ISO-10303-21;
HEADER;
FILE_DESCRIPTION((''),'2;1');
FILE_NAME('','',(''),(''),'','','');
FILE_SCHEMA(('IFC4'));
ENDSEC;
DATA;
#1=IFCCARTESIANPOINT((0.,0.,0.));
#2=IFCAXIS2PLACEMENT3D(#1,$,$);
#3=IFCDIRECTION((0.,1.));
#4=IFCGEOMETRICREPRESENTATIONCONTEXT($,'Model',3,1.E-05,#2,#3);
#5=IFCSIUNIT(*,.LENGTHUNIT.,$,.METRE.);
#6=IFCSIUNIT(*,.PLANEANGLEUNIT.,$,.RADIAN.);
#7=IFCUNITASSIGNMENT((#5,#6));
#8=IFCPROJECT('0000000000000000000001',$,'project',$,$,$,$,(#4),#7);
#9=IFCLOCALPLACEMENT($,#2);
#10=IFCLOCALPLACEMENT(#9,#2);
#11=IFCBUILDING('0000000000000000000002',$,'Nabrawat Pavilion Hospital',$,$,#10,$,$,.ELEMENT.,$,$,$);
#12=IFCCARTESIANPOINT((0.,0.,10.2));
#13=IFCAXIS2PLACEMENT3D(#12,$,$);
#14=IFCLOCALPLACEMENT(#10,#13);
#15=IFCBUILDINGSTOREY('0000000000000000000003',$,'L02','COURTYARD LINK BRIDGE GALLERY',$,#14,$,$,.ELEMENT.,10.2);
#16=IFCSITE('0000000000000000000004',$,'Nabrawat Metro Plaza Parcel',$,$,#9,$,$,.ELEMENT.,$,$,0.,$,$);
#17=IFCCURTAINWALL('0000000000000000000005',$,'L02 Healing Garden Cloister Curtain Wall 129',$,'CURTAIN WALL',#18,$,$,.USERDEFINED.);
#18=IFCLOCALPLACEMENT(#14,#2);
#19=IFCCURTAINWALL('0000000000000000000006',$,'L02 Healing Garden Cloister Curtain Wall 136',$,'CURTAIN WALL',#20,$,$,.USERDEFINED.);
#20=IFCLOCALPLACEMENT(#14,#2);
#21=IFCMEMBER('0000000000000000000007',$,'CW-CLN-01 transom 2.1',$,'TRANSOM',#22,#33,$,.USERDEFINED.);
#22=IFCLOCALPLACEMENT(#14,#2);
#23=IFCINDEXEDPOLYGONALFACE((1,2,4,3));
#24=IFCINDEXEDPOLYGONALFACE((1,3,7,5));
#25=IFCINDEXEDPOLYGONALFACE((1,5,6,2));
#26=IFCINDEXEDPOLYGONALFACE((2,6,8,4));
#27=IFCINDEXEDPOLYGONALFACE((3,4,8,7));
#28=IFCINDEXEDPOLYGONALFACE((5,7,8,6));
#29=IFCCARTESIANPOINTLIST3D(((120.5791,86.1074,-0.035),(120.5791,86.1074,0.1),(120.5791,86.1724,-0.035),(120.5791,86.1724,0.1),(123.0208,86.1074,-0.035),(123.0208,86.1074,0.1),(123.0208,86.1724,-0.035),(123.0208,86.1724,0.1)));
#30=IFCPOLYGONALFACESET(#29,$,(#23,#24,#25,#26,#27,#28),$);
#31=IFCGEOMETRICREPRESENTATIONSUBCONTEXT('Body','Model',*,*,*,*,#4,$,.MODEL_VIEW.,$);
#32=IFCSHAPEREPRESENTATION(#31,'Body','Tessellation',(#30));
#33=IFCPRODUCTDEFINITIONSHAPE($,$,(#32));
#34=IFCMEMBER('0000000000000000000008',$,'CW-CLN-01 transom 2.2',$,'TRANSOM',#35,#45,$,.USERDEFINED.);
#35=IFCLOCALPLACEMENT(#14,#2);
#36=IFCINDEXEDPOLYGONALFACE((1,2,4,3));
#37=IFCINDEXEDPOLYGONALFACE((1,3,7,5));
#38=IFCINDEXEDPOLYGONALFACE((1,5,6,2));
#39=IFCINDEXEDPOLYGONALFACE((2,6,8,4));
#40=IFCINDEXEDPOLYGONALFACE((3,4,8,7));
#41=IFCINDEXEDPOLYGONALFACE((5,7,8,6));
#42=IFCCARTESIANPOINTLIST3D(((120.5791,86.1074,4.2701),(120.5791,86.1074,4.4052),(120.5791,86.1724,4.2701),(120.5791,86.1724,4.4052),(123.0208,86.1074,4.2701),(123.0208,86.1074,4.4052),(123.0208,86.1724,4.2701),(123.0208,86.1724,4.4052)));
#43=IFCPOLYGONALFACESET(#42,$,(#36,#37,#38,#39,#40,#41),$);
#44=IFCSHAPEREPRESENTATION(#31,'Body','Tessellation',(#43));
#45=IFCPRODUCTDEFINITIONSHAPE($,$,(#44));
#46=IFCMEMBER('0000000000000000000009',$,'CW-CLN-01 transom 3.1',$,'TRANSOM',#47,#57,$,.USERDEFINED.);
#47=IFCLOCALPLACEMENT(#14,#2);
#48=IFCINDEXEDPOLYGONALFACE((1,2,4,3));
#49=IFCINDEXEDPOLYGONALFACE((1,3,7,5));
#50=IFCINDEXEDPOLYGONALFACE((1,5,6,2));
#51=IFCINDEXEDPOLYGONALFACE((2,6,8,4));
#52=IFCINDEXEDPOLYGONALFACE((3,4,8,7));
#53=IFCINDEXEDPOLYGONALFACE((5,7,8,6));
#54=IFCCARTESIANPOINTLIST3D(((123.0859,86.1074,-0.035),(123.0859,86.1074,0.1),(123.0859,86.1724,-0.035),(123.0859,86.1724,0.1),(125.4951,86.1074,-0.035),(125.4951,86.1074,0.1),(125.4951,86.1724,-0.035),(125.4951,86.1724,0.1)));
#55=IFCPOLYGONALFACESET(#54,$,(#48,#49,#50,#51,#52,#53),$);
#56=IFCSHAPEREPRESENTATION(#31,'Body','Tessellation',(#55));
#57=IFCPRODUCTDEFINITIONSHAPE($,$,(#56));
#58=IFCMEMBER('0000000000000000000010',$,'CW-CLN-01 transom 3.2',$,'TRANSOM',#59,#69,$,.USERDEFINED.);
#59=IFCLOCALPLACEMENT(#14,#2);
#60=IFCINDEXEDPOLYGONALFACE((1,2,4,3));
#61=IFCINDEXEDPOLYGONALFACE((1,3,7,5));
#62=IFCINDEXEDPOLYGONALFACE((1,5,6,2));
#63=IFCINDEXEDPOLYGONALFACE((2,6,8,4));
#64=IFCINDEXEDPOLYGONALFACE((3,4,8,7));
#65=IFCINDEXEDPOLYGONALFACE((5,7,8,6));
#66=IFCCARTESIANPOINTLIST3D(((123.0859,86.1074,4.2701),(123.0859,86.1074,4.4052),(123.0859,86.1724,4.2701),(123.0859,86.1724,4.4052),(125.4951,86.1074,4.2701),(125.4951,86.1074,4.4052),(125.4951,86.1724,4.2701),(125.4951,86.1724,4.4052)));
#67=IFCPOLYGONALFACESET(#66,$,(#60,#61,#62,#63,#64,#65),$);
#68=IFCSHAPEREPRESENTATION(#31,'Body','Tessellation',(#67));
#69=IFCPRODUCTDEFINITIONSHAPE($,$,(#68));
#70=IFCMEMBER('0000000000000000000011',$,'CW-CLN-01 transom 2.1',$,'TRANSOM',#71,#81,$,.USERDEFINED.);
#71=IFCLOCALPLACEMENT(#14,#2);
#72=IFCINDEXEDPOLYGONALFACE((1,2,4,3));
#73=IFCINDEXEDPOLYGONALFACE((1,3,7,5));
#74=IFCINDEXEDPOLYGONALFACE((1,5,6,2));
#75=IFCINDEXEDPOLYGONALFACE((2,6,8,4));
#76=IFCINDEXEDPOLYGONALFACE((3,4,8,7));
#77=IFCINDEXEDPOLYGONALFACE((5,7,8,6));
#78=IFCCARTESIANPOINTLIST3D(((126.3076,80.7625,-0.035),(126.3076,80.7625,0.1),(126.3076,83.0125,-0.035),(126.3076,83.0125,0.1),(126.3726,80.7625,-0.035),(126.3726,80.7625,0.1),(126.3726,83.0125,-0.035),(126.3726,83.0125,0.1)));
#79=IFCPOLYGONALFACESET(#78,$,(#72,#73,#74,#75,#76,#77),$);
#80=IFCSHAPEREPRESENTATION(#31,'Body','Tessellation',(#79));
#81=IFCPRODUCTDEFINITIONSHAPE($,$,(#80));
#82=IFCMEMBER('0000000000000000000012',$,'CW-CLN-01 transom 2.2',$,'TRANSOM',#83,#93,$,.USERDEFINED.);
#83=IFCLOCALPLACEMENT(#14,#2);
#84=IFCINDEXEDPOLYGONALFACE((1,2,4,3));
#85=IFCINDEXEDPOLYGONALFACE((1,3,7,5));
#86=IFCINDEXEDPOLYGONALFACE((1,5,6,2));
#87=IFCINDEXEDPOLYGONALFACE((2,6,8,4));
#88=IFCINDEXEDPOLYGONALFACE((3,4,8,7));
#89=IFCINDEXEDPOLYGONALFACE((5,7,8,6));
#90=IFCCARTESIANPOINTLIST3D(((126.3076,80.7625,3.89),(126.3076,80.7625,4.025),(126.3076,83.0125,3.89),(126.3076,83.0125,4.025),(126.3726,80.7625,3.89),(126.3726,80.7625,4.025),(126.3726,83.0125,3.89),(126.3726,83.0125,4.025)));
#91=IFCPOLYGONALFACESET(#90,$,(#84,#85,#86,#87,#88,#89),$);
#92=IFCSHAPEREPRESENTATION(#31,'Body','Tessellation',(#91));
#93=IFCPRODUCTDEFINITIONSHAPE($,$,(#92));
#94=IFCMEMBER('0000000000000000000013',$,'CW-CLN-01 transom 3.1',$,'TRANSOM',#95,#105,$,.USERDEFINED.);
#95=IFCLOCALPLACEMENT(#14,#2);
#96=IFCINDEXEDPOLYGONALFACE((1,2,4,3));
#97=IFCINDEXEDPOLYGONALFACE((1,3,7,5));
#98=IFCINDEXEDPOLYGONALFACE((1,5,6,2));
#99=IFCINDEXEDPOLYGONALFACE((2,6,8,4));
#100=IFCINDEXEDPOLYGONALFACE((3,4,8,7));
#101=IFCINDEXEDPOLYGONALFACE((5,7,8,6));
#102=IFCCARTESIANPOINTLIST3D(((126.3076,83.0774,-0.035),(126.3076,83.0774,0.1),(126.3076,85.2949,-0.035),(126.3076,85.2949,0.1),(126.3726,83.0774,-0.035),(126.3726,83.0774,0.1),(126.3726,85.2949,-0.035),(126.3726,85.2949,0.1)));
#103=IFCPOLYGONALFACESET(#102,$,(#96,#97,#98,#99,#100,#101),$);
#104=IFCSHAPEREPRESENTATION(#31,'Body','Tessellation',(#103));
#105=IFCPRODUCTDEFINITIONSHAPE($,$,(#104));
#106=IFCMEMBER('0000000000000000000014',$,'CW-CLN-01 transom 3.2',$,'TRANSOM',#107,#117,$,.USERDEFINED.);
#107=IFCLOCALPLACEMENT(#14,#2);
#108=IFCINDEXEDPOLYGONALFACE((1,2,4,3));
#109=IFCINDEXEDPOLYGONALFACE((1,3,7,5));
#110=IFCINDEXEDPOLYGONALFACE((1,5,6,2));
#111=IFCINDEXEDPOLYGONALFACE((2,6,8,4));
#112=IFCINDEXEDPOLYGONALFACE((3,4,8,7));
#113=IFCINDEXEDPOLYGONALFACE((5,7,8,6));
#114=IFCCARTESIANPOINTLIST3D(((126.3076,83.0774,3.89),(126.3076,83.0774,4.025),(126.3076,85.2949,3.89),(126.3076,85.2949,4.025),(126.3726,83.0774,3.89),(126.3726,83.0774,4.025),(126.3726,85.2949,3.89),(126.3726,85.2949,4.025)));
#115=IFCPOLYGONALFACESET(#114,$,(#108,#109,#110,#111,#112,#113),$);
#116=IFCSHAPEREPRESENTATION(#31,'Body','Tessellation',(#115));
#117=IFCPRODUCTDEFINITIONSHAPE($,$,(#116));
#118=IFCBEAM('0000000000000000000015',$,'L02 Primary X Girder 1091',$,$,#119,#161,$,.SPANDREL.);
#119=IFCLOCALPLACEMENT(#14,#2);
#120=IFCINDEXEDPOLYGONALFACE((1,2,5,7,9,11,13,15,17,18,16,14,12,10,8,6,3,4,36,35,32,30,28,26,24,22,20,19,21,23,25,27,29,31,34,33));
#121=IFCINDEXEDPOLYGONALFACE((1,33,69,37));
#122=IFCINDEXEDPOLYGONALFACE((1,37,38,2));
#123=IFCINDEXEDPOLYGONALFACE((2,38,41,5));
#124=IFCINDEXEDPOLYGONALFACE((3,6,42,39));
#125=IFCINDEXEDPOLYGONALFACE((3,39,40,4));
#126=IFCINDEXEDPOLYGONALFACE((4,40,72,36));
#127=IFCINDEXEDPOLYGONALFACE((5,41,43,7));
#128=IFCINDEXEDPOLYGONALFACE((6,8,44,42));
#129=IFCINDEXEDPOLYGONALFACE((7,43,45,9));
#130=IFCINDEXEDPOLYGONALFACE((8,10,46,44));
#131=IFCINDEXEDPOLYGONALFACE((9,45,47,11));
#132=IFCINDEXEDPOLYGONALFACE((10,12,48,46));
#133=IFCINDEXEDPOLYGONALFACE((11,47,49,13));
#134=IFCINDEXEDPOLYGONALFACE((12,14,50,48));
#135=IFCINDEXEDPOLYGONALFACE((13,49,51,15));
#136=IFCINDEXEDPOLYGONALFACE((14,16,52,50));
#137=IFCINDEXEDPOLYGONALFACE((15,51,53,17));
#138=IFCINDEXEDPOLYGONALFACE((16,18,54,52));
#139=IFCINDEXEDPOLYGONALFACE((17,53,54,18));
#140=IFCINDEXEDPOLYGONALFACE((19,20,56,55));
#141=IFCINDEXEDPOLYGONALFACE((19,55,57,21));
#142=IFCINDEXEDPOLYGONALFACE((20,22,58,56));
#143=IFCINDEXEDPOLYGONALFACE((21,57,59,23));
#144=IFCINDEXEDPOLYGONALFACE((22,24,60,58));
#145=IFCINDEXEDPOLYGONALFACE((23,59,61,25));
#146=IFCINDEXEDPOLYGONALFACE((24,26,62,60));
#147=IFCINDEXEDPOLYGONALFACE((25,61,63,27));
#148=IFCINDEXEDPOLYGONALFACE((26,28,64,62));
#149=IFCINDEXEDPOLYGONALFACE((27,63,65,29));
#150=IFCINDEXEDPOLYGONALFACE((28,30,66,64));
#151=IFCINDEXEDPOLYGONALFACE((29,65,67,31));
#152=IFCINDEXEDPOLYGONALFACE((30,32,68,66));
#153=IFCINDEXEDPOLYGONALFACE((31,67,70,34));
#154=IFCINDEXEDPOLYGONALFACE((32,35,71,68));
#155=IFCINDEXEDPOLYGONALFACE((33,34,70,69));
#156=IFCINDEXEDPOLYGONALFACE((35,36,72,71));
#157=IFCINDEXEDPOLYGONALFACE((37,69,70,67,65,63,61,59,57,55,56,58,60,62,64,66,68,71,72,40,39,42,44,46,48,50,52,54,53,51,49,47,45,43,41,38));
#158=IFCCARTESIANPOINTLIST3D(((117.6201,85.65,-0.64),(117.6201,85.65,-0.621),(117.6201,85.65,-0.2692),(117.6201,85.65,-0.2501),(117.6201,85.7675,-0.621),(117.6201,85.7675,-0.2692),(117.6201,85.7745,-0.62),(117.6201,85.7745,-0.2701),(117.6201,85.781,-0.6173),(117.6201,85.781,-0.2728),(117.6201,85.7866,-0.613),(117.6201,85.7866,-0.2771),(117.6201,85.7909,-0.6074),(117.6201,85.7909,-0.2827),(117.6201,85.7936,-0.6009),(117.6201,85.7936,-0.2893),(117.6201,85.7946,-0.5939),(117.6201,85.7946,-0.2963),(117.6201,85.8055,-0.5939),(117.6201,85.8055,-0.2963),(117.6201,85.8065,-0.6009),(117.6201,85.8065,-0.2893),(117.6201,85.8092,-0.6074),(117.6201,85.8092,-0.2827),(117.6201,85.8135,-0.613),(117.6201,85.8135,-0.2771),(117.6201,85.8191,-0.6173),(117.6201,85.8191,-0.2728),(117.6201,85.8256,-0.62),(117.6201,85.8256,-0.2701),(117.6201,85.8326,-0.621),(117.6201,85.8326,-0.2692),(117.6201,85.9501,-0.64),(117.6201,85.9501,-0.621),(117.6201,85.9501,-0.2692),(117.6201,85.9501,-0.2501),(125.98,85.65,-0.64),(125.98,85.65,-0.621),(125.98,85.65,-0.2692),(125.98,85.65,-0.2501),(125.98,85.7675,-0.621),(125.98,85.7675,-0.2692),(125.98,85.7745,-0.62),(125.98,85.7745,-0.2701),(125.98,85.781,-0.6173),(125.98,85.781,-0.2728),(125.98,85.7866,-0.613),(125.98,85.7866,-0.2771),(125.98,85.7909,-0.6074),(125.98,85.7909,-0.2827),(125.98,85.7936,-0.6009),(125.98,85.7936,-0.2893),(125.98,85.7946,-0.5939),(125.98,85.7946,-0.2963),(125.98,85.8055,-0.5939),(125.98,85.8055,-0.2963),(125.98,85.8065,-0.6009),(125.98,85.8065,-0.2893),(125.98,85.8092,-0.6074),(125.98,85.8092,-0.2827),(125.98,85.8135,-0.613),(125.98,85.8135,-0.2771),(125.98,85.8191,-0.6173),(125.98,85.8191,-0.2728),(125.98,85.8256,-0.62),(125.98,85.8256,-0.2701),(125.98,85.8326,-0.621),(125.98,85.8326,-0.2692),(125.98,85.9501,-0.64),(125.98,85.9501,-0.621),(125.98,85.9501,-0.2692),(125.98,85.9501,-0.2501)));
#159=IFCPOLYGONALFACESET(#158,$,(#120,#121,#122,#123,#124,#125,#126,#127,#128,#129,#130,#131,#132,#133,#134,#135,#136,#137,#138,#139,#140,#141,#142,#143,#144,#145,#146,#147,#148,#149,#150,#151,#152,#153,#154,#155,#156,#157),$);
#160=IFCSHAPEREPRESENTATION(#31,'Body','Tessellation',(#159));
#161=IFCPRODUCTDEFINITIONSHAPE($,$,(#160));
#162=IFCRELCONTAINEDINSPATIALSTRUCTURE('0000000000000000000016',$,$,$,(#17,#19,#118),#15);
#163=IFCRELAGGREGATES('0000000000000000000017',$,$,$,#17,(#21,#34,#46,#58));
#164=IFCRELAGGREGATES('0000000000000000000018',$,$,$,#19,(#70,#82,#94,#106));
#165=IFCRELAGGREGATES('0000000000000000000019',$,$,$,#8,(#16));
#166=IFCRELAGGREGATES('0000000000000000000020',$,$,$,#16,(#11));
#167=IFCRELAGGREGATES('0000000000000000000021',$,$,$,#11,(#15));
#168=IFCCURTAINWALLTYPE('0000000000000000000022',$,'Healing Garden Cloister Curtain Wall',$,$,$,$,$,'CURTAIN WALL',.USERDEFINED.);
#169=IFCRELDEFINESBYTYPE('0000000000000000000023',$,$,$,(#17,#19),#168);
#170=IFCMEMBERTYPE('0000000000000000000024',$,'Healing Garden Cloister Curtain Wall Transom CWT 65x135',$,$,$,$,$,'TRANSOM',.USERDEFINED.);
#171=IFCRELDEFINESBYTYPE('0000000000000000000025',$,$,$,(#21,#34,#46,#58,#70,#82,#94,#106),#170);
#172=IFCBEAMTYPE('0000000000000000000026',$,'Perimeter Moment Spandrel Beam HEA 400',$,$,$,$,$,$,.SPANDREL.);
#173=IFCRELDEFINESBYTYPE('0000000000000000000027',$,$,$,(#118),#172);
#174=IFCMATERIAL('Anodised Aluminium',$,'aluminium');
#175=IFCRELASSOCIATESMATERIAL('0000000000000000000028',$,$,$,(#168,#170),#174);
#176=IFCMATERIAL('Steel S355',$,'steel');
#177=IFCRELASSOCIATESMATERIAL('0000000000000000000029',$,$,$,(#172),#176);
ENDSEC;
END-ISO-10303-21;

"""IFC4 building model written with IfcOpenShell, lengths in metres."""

from ifc_helpers import new_model, si_unit, direction, frame, origin, origin_2d, place, context, subcontext, project, spatial, rectangle, i_section, extrude, material, material_profile, profile_set, type_object, element, aggregate, save


model = new_model("IFC4")

# Units and contexts
model_context = context("Model", 3, precision=1e-05, world=origin(), true_north=direction((0.0, 1.0)))
body_context = subcontext(model_context, "Body", "Model", "MODEL_VIEW")
ifc_project = project(units=[si_unit("LENGTHUNIT", "METRE"), si_unit("PLANEANGLEUNIT", "RADIAN")], contexts=[model_context])

# Site, building, storey
site_placement = place(None, origin())
site = spatial("IfcSite", under=ifc_project, at=site_placement, Name="Nabrawat Metro Plaza Parcel", CompositionType="ELEMENT", RefElevation=0.0)
building_placement = place(site_placement, origin())
building = spatial("IfcBuilding", under=site, at=building_placement, Name="Nabrawat Pavilion Hospital", CompositionType="ELEMENT")
storey_placement = place(building_placement, frame((0.0, 0.0, 10.2)))
storey = spatial("IfcBuildingStorey", under=building, at=storey_placement, Name="L02", Description="COURTYARD LINK BRIDGE GALLERY", CompositionType="ELEMENT", Elevation=10.2)

# Shared definitions
ifc_material_1 = material(Name="Steel S355", Category="steel")

# Curtain walls
ifc_material_2 = material(Name="Anodised Aluminium", Category="aluminium")
curtain_wall_type = type_object("IfcCurtainWallType", Name="Healing Garden Cloister Curtain Wall", ElementType="CURTAIN WALL", PredefinedType="USERDEFINED", material=ifc_material_2)
curtain_wall_1_placement = place(storey_placement, origin())
curtain_wall_1 = element("IfcCurtainWall", 1, at=curtain_wall_1_placement, inside=storey, type_object=curtain_wall_type, Name="L02 Healing Garden Cloister Curtain Wall 129", ObjectType="CURTAIN WALL", PredefinedType="USERDEFINED")
curtain_wall_2_placement = place(storey_placement, origin())
curtain_wall_2 = element("IfcCurtainWall", 2, at=curtain_wall_2_placement, inside=storey, type_object=curtain_wall_type, Name="L02 Healing Garden Cloister Curtain Wall 136", ObjectType="CURTAIN WALL", PredefinedType="USERDEFINED")

# Members
ifc_material_profile_1 = material_profile(ifc_material_2, rectangle(XDim=0.0649, YDim=0.135, at=origin_2d()), Name="CWT 65x135")
ifc_profile_set_1 = profile_set([ifc_material_profile_1], Name="Anodised Aluminium")
member_type_1 = type_object("IfcMemberType", Name="Healing Garden Cloister Curtain Wall Transom CWT 65x135", ElementType="TRANSOM", PredefinedType="USERDEFINED", material=ifc_profile_set_1)
member_1_placement = place(storey_placement, frame((120.5791, 86.1399, 0.0325), z_axis=(1.0, 0.0, 0.0), x_axis=(0.0, 1.0, 0.0)))
member_1 = element("IfcMember", 3, at=member_1_placement, type_object=member_type_1, Name="CW-CLN-01 transom 2.1", ObjectType="TRANSOM", PredefinedType="USERDEFINED", context=body_context, shape_type="SweptSolid", body=[
    extrude(rectangle(XDim=0.0649, YDim=0.135, at=origin_2d()), origin(), (0.0, 0.0, 1.0), 2.4417),
])
member_2_placement = place(storey_placement, frame((120.5791, 86.1399, 4.3376), z_axis=(1.0, 0.0, 0.0), x_axis=(0.0, 1.0, 0.0)))
member_2 = element("IfcMember", 4, at=member_2_placement, type_object=member_type_1, Name="CW-CLN-01 transom 2.2", ObjectType="TRANSOM", PredefinedType="USERDEFINED", context=body_context, shape_type="SweptSolid", body=[
    extrude(rectangle(XDim=0.0649, YDim=0.135, at=origin_2d()), origin(), (0.0, 0.0, 1.0), 2.4417),
])
member_3_placement = place(storey_placement, frame((123.0859, 86.1399, 0.0325), z_axis=(1.0, 0.0, 0.0), x_axis=(0.0, 1.0, 0.0)))
member_3 = element("IfcMember", 5, at=member_3_placement, type_object=member_type_1, Name="CW-CLN-01 transom 3.1", ObjectType="TRANSOM", PredefinedType="USERDEFINED", context=body_context, shape_type="SweptSolid", body=[
    extrude(rectangle(XDim=0.0649, YDim=0.135, at=origin_2d()), origin(), (0.0, 0.0, 1.0), 2.4092),
])
member_4_placement = place(storey_placement, frame((123.0859, 86.1399, 4.3376), z_axis=(1.0, 0.0, 0.0), x_axis=(0.0, 1.0, 0.0)))
member_4 = element("IfcMember", 6, at=member_4_placement, type_object=member_type_1, Name="CW-CLN-01 transom 3.2", ObjectType="TRANSOM", PredefinedType="USERDEFINED", context=body_context, shape_type="SweptSolid", body=[
    extrude(rectangle(XDim=0.0649, YDim=0.135, at=origin_2d()), origin(), (0.0, 0.0, 1.0), 2.4092),
])
member_5_placement = place(storey_placement, frame((126.3401, 80.7625, 0.0325), z_axis=(0.0, 1.0, 0.0), x_axis=(-1.0, 0.0, 0.0)))
member_5 = element("IfcMember", 7, at=member_5_placement, type_object=member_type_1, Name="CW-CLN-01 transom 2.1", ObjectType="TRANSOM", PredefinedType="USERDEFINED", context=body_context, shape_type="SweptSolid", body=[
    extrude(rectangle(XDim=0.0649, YDim=0.135, at=origin_2d()), origin(), (0.0, 0.0, 1.0), 2.25),
])
member_6_placement = place(storey_placement, frame((126.3401, 80.7625, 3.9575), z_axis=(0.0, 1.0, 0.0), x_axis=(-1.0, 0.0, 0.0)))
member_6 = element("IfcMember", 8, at=member_6_placement, type_object=member_type_1, Name="CW-CLN-01 transom 2.2", ObjectType="TRANSOM", PredefinedType="USERDEFINED", context=body_context, shape_type="SweptSolid", body=[
    extrude(rectangle(XDim=0.0649, YDim=0.135, at=origin_2d()), origin(), (0.0, 0.0, 1.0), 2.25),
])
member_7_placement = place(storey_placement, frame((126.3401, 83.0774, 0.0325), z_axis=(0.0, 1.0, 0.0), x_axis=(-1.0, 0.0, 0.0)))
member_7 = element("IfcMember", 9, at=member_7_placement, type_object=member_type_1, Name="CW-CLN-01 transom 3.1", ObjectType="TRANSOM", PredefinedType="USERDEFINED", context=body_context, shape_type="SweptSolid", body=[
    extrude(rectangle(XDim=0.0649, YDim=0.135, at=origin_2d()), origin(), (0.0, 0.0, 1.0), 2.2175),
])
member_8_placement = place(storey_placement, frame((126.3401, 83.0774, 3.9575), z_axis=(0.0, 1.0, 0.0), x_axis=(-1.0, 0.0, 0.0)))
member_8 = element("IfcMember", 10, at=member_8_placement, type_object=member_type_1, Name="CW-CLN-01 transom 3.2", ObjectType="TRANSOM", PredefinedType="USERDEFINED", context=body_context, shape_type="SweptSolid", body=[
    extrude(rectangle(XDim=0.0649, YDim=0.135, at=origin_2d()), origin(), (0.0, 0.0, 1.0), 2.2175),
])

# Beam
ifc_material_profile_2 = material_profile(ifc_material_1, i_section(OverallWidth=0.3, OverallDepth=0.3899, WebThickness=0.011, FlangeThickness=0.019, FilletRadius=0.0271, at=origin_2d()), Name="HEA 400")
ifc_profile_set_2 = profile_set([ifc_material_profile_2], Name="Steel S355")
beam_type_1 = type_object("IfcBeamType", Name="Perimeter Moment Spandrel Beam HEA 400", PredefinedType="SPANDREL", material=ifc_profile_set_2)
beam_1_placement = place(storey_placement, frame((117.6201, 85.8, -0.4451), z_axis=(1.0, 0.0, 0.0), x_axis=(0.0, 1.0, 0.0)))
element("IfcBeam", 11, at=beam_1_placement, inside=storey, type_object=beam_type_1, Name="L02 Primary X Girder 1091", PredefinedType="SPANDREL", context=body_context, shape_type="SweptSolid", body=[
    extrude(i_section(OverallWidth=0.3, OverallDepth=0.3899, WebThickness=0.011, FlangeThickness=0.019, FilletRadius=0.0271, at=origin_2d()), origin(), (0.0, 0.0, 1.0), 8.3599),
])

aggregate(curtain_wall_1, [member_1, member_2, member_3, member_4])
aggregate(curtain_wall_2, [member_5, member_6, member_7, member_8])

save(model, "model.ifc")
